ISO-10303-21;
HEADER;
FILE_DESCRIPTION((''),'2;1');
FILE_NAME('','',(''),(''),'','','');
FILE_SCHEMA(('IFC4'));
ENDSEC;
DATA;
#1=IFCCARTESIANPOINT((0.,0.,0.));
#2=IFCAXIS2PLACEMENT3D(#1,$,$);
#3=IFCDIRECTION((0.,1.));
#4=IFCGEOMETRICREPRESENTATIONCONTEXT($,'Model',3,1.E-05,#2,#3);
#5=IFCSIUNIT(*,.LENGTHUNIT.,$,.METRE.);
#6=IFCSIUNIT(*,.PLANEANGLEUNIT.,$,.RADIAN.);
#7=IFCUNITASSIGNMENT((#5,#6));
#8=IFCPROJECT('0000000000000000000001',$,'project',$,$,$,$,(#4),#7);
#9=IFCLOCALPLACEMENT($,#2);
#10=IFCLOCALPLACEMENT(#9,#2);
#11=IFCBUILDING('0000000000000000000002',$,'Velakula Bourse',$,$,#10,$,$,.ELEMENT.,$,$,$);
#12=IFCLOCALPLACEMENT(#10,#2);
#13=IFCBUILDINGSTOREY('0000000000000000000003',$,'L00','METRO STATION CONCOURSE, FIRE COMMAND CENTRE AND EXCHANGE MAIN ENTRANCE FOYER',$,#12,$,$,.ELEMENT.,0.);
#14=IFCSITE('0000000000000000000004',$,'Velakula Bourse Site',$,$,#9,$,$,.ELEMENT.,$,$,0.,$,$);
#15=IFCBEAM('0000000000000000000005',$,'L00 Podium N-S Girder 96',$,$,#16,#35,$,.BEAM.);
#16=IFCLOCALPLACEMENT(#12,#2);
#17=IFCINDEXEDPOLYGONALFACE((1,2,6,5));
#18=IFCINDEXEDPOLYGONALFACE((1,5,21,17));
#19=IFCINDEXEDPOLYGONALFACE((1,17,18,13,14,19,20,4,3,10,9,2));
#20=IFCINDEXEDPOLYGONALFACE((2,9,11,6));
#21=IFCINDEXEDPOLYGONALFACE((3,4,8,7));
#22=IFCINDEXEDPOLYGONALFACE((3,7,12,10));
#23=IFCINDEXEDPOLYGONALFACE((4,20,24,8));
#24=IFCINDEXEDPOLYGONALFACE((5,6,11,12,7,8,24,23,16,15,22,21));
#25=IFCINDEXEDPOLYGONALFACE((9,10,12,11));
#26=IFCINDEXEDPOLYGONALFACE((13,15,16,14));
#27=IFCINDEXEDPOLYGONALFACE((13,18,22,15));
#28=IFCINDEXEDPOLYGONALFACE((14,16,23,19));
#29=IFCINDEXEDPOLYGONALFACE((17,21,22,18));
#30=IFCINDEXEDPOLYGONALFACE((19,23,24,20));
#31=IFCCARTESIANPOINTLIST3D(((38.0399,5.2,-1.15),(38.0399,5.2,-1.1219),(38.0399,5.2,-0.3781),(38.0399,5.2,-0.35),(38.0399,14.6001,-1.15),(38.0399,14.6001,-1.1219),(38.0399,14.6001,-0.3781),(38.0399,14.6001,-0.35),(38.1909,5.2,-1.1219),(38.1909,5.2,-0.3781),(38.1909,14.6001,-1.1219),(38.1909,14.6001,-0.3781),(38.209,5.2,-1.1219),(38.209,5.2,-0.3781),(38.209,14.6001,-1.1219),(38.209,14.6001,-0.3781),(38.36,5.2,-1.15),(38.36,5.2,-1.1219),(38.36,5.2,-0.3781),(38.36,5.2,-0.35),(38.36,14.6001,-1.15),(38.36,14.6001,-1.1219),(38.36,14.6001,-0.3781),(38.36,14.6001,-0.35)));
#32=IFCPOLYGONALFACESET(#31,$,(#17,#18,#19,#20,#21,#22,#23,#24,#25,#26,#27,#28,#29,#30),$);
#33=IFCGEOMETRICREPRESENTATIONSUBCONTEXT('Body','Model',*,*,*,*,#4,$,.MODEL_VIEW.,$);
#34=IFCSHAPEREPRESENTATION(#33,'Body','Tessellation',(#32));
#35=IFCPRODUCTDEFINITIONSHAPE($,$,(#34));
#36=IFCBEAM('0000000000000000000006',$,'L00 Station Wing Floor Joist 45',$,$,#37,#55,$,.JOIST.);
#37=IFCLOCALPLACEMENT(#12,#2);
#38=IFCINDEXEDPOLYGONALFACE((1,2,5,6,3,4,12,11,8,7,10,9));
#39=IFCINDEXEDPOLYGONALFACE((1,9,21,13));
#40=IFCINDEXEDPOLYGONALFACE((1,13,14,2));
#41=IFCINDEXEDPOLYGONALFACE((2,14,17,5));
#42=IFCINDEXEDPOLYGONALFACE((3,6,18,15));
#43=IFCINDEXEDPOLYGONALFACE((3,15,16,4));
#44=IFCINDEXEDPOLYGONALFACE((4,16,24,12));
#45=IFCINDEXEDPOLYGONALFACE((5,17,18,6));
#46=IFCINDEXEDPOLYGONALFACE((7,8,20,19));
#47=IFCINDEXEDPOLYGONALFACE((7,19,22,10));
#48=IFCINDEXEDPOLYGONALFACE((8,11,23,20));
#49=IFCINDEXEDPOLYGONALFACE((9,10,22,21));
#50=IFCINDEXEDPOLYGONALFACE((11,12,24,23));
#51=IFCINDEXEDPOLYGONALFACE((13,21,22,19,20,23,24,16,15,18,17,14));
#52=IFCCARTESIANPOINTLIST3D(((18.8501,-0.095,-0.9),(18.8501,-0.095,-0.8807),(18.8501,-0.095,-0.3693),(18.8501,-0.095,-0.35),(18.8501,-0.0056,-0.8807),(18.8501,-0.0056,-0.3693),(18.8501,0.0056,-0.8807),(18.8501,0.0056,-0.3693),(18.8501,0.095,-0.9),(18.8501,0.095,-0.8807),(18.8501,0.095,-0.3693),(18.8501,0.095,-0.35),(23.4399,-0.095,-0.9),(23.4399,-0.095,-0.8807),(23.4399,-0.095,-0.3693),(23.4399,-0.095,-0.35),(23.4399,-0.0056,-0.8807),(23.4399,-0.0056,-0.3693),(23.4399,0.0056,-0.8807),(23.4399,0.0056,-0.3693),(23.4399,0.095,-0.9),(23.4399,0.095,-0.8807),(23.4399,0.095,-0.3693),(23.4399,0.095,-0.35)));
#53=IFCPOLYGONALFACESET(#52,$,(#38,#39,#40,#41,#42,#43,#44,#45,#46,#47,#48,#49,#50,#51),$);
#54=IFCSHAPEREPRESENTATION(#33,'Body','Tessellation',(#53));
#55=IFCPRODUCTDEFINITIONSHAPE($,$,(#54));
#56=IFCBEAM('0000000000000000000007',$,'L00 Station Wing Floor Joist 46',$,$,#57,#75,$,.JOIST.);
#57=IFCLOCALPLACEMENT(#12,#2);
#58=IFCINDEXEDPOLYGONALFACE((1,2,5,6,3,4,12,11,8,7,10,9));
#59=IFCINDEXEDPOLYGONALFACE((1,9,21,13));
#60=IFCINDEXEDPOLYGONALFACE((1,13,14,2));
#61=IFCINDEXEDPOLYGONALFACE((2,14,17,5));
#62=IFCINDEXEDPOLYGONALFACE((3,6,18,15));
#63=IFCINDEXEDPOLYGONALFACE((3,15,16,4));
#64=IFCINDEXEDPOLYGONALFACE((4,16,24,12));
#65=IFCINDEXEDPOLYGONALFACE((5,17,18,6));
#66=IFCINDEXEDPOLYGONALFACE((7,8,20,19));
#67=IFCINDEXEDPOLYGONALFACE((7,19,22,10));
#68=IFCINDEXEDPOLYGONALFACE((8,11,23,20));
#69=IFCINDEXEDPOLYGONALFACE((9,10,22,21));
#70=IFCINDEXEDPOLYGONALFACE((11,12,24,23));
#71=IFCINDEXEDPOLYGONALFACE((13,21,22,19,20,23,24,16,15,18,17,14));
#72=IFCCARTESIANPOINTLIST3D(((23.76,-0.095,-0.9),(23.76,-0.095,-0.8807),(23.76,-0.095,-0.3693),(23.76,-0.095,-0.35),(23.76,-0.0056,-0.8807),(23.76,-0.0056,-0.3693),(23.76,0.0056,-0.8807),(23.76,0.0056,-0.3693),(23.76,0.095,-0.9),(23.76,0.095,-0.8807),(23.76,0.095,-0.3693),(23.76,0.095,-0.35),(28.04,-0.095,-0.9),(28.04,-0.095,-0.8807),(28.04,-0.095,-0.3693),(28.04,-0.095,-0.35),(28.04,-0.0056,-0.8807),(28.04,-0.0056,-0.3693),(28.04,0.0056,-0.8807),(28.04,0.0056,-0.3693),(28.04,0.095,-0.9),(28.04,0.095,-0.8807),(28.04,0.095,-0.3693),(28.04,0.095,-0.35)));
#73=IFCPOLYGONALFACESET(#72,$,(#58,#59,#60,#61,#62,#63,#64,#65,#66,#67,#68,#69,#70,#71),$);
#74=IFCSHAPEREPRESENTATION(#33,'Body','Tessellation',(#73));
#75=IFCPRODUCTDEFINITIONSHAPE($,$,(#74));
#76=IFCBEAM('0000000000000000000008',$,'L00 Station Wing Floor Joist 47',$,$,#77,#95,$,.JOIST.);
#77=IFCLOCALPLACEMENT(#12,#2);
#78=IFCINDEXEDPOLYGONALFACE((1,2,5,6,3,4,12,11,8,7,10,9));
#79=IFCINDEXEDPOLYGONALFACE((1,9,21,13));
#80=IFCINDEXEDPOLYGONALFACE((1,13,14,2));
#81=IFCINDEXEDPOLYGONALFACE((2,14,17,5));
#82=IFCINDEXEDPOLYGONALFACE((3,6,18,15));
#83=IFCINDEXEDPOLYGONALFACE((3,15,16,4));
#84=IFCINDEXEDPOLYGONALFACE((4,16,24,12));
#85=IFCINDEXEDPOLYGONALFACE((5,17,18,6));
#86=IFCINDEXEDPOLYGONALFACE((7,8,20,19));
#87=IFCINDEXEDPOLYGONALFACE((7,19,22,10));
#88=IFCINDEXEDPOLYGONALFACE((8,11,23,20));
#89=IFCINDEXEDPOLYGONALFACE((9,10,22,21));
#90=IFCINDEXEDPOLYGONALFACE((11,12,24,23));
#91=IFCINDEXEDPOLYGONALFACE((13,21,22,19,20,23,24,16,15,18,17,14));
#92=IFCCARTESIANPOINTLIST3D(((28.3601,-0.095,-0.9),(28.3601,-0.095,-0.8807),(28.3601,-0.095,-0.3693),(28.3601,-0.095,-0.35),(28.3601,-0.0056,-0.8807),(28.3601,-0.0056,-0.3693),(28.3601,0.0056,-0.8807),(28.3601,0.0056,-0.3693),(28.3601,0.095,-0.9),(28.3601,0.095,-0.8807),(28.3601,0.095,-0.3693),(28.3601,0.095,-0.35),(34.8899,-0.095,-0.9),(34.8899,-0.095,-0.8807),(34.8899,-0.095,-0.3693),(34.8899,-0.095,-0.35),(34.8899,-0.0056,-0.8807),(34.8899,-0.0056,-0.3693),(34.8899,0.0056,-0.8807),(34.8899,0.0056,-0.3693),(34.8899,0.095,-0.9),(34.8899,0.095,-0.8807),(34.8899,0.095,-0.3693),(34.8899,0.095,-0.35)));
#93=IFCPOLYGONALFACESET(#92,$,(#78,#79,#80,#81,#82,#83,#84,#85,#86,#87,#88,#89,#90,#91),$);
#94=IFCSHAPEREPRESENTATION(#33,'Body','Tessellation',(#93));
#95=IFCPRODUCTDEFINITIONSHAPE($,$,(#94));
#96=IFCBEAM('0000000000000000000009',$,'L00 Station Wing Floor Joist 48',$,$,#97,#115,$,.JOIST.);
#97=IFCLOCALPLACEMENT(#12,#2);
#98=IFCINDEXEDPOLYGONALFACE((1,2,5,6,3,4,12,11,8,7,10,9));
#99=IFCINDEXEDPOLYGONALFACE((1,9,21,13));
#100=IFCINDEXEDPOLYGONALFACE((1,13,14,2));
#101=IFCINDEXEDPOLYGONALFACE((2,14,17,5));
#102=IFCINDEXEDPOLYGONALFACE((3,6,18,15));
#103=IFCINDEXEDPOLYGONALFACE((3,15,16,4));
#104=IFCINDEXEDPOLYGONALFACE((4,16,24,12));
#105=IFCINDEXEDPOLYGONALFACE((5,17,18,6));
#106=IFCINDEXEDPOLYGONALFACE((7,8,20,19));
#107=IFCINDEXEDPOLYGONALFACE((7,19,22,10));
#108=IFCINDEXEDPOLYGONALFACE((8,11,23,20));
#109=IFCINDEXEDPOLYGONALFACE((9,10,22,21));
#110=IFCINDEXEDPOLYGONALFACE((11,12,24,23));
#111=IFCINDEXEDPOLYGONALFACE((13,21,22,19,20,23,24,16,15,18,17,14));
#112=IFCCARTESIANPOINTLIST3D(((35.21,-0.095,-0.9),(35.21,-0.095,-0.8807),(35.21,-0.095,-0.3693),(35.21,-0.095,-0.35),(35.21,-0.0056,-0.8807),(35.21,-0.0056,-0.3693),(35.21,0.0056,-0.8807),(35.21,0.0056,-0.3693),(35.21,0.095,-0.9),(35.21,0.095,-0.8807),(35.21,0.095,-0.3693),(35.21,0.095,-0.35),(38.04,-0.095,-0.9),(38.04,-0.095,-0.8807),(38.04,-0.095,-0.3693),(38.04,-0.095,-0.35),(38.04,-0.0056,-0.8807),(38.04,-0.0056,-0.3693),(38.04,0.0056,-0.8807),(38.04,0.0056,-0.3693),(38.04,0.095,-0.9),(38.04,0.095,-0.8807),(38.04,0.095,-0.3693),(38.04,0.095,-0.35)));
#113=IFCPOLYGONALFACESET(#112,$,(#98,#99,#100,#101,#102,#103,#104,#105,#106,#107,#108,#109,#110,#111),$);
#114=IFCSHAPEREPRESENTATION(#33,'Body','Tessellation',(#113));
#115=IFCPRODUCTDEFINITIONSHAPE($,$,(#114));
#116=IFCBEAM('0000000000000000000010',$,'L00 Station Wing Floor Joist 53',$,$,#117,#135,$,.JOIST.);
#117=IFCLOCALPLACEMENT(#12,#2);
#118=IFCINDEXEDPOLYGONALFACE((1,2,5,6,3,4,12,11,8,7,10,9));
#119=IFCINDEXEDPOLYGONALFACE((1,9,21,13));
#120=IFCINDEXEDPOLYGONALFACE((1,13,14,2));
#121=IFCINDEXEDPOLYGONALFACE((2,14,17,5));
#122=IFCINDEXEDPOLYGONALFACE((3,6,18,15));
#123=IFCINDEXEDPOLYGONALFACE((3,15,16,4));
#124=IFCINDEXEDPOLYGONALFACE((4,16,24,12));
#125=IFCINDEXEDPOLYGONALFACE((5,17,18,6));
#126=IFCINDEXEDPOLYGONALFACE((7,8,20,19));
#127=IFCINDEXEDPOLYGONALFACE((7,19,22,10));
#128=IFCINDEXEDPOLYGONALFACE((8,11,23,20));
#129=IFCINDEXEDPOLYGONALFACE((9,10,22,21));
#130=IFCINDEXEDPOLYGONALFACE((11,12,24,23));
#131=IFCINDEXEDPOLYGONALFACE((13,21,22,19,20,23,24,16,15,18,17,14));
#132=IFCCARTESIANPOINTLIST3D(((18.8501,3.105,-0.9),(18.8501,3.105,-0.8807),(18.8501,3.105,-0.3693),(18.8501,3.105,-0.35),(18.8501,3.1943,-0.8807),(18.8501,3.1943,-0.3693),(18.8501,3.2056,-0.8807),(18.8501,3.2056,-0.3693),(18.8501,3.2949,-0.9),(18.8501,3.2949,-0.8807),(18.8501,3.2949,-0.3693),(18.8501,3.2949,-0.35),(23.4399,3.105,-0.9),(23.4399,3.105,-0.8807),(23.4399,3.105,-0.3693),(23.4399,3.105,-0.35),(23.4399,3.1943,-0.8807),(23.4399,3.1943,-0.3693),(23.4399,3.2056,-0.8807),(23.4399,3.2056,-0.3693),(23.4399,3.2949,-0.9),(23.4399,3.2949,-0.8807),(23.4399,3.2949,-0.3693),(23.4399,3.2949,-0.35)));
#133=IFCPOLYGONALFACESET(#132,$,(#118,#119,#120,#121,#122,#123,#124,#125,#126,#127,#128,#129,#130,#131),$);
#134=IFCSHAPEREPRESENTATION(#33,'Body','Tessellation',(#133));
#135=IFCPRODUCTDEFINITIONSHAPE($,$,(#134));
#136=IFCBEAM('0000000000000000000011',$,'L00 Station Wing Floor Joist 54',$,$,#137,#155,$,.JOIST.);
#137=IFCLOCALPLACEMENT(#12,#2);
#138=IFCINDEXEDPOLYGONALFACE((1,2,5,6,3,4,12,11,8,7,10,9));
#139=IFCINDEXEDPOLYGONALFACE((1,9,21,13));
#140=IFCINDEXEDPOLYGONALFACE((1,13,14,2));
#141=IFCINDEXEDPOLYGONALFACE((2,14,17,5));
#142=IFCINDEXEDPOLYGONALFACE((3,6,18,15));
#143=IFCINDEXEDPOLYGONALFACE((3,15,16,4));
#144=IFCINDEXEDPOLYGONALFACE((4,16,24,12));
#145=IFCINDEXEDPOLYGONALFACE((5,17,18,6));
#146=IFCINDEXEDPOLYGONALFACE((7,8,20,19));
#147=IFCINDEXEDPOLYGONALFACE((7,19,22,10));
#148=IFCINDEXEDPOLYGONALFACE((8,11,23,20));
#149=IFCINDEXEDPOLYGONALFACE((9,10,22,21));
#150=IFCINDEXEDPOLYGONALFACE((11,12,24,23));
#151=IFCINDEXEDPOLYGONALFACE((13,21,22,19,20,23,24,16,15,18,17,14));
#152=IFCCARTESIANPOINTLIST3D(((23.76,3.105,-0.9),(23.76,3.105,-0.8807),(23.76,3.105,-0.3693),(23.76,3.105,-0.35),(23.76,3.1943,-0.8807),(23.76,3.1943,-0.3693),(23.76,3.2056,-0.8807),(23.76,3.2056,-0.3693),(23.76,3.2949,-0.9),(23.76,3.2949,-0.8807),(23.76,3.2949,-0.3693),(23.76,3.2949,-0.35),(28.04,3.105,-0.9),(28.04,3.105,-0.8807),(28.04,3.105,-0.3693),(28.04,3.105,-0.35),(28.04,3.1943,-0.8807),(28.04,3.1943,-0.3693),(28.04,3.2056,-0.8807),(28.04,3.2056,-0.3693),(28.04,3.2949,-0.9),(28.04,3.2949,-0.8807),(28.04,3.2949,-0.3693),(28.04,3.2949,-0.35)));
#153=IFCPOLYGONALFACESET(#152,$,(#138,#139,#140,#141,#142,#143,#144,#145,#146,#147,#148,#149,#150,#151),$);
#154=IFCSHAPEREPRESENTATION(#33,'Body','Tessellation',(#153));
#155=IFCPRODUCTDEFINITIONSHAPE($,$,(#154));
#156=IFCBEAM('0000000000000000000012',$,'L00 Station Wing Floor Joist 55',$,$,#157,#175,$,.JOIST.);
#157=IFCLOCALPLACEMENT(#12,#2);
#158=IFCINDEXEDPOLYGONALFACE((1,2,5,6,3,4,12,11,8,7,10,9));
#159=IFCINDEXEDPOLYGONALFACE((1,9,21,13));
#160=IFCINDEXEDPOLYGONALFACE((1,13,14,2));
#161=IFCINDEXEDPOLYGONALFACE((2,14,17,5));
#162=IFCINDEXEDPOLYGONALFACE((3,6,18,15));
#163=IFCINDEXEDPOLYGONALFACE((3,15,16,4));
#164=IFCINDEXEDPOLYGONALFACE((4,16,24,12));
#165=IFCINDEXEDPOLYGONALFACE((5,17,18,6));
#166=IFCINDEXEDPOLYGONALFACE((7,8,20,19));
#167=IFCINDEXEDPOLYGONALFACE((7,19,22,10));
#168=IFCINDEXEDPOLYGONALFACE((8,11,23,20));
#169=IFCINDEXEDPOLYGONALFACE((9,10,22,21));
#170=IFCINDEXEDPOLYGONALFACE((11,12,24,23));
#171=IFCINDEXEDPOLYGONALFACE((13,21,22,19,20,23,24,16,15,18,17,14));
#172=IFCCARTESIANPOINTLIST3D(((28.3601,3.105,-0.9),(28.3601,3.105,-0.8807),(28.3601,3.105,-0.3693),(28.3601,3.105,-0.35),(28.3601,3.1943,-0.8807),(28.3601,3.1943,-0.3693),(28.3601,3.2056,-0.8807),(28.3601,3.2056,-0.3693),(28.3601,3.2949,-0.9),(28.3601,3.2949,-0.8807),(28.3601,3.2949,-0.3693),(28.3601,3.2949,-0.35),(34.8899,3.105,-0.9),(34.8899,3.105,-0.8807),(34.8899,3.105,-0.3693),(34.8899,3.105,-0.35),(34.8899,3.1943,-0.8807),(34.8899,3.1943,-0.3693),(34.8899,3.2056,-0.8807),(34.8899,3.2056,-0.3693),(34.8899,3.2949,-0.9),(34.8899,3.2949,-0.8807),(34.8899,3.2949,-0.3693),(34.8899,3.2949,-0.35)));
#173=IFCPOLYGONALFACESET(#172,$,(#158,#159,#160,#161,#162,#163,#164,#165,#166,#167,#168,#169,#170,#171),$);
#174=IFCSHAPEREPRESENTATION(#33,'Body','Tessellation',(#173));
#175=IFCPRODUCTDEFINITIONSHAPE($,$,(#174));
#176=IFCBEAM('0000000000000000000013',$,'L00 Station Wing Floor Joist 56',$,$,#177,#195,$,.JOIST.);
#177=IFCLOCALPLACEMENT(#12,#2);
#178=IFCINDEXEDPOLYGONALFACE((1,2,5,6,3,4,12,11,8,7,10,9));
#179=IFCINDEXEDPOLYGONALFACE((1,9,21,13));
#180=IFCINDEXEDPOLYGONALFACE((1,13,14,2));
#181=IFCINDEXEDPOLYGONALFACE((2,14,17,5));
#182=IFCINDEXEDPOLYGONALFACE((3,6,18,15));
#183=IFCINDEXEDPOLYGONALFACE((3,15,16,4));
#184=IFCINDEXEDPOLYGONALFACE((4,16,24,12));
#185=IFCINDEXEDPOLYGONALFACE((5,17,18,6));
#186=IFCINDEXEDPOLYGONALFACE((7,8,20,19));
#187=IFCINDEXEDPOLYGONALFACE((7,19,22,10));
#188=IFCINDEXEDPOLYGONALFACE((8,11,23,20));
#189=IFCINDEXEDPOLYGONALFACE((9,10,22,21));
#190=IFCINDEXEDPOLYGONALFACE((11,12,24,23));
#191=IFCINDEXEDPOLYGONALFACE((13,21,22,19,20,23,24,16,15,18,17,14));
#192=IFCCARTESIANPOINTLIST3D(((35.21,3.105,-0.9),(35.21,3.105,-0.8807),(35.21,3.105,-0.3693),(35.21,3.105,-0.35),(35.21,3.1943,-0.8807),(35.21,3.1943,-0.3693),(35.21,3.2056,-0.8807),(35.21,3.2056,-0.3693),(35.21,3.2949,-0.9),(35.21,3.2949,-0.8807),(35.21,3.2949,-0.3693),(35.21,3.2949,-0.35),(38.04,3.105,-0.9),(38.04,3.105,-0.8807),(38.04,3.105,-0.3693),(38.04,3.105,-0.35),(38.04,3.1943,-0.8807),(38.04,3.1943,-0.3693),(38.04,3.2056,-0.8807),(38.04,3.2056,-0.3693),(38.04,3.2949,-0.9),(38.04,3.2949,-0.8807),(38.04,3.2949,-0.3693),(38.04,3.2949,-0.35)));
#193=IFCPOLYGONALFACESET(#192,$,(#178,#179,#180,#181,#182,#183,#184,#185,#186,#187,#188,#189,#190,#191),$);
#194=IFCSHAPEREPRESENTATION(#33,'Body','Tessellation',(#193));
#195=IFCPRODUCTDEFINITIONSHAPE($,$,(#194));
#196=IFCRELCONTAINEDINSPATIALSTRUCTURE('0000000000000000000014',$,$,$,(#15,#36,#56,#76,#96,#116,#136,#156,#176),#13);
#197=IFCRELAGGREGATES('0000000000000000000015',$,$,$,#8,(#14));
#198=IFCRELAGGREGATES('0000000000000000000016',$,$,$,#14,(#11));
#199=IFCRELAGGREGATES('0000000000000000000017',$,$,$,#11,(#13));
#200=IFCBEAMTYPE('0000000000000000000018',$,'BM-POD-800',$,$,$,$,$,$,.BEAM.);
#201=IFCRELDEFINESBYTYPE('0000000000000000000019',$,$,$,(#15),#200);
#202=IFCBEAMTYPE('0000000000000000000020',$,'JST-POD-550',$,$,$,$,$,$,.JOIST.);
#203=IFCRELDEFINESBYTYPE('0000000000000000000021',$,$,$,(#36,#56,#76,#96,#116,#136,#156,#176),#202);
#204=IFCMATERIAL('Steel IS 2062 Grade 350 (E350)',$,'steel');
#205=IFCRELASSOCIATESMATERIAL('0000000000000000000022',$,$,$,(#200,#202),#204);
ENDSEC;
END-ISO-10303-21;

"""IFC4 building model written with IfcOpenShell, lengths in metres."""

from ifc_helpers import new_model, si_unit, direction, frame, origin, origin_2d, place, context, subcontext, project, spatial, i_section, extrude, material, material_profile, profile_set, type_object, element, save


model = new_model("IFC4")

# Units and contexts
model_context = context("Model", 3, precision=1e-05, world=origin(), true_north=direction((0.0, 1.0)))
body_context = subcontext(model_context, "Body", "Model", "MODEL_VIEW")
ifc_project = project(units=[si_unit("LENGTHUNIT", "METRE"), si_unit("PLANEANGLEUNIT", "RADIAN")], contexts=[model_context])

# Site, building, storey
site_placement = place(None, origin())
site = spatial("IfcSite", under=ifc_project, at=site_placement, Name="Velakula Bourse Site", CompositionType="ELEMENT", RefElevation=0.0)
building_placement = place(site_placement, origin())
building = spatial("IfcBuilding", under=site, at=building_placement, Name="Velakula Bourse", CompositionType="ELEMENT")
storey_placement = place(building_placement, origin())
storey = spatial("IfcBuildingStorey", under=building, at=storey_placement, Name="L00", Description="METRO STATION CONCOURSE, FIRE COMMAND CENTRE AND EXCHANGE MAIN ENTRANCE FOYER", CompositionType="ELEMENT", Elevation=0.0)

# Beams
ifc_material_1 = material(Name="Steel IS 2062 Grade 350 (E350)", Category="steel")
ifc_material_profile_1 = material_profile(ifc_material_1, i_section(OverallWidth=0.3201, OverallDepth=0.8, WebThickness=0.0181, FlangeThickness=0.0281, at=origin_2d()), Name="Steel IS 2062 Grade 350 (E350)")
ifc_profile_set_1 = profile_set([ifc_material_profile_1], Name="Steel IS 2062 Grade 350 (E350)")
beam_type_1 = type_object("IfcBeamType", Name="BM-POD-800", PredefinedType="BEAM", material=ifc_profile_set_1)
beam_1_placement = place(storey_placement, frame((38.2, 5.2, -0.75), z_axis=(0.0, 1.0, 0.0), x_axis=(-1.0, 0.0, 0.0)))
element("IfcBeam", 1, at=beam_1_placement, inside=storey, type_object=beam_type_1, Name="L00 Podium N-S Girder 96", PredefinedType="BEAM", context=body_context, shape_type="SweptSolid", body=[
    extrude(i_section(OverallWidth=0.3201, OverallDepth=0.8, WebThickness=0.0181, FlangeThickness=0.0281, at=origin_2d()), origin(), (0.0, 0.0, 1.0), 9.4001),
])
ifc_material_profile_2 = material_profile(ifc_material_1, i_section(OverallWidth=0.1899, OverallDepth=0.55, WebThickness=0.0112, FlangeThickness=0.0193, at=origin_2d()), Name="Steel IS 2062 Grade 350 (E350)")
ifc_profile_set_2 = profile_set([ifc_material_profile_2], Name="Steel IS 2062 Grade 350 (E350)")
beam_type_2 = type_object("IfcBeamType", Name="JST-POD-550", PredefinedType="JOIST", material=ifc_profile_set_2)
beam_2_placement = place(storey_placement, frame((18.8501, 0.0, -0.625), z_axis=(1.0, 0.0, 0.0), x_axis=(0.0, 1.0, 0.0)))
element("IfcBeam", 2, at=beam_2_placement, inside=storey, type_object=beam_type_2, Name="L00 Station Wing Floor Joist 45", PredefinedType="JOIST", context=body_context, shape_type="SweptSolid", body=[
    extrude(i_section(OverallWidth=0.1899, OverallDepth=0.55, WebThickness=0.0112, FlangeThickness=0.0193, at=origin_2d()), origin(), (0.0, 0.0, 1.0), 4.5898),
])
beam_3_placement = place(storey_placement, frame((23.76, 0.0, -0.625), z_axis=(1.0, 0.0, 0.0), x_axis=(0.0, 1.0, 0.0)))
element("IfcBeam", 3, at=beam_3_placement, inside=storey, type_object=beam_type_2, Name="L00 Station Wing Floor Joist 46", PredefinedType="JOIST", context=body_context, shape_type="SweptSolid", body=[
    extrude(i_section(OverallWidth=0.1899, OverallDepth=0.55, WebThickness=0.0112, FlangeThickness=0.0193, at=origin_2d()), origin(), (0.0, 0.0, 1.0), 4.28),
])
beam_4_placement = place(storey_placement, frame((28.3601, 0.0, -0.625), z_axis=(1.0, 0.0, 0.0), x_axis=(0.0, 1.0, 0.0)))
element("IfcBeam", 4, at=beam_4_placement, inside=storey, type_object=beam_type_2, Name="L00 Station Wing Floor Joist 47", PredefinedType="JOIST", context=body_context, shape_type="SweptSolid", body=[
    extrude(i_section(OverallWidth=0.1899, OverallDepth=0.55, WebThickness=0.0112, FlangeThickness=0.0193, at=origin_2d()), origin(), (0.0, 0.0, 1.0), 6.5298),
])
beam_5_placement = place(storey_placement, frame((35.21, 0.0, -0.625), z_axis=(1.0, 0.0, 0.0), x_axis=(0.0, 1.0, 0.0)))
element("IfcBeam", 5, at=beam_5_placement, inside=storey, type_object=beam_type_2, Name="L00 Station Wing Floor Joist 48", PredefinedType="JOIST", context=body_context, shape_type="SweptSolid", body=[
    extrude(i_section(OverallWidth=0.1899, OverallDepth=0.55, WebThickness=0.0112, FlangeThickness=0.0193, at=origin_2d()), origin(), (0.0, 0.0, 1.0), 2.8301),
])
beam_6_placement = place(storey_placement, frame((18.8501, 3.2, -0.625), z_axis=(1.0, 0.0, 0.0), x_axis=(0.0, 1.0, 0.0)))
element("IfcBeam", 6, at=beam_6_placement, inside=storey, type_object=beam_type_2, Name="L00 Station Wing Floor Joist 53", PredefinedType="JOIST", context=body_context, shape_type="SweptSolid", body=[
    extrude(i_section(OverallWidth=0.1899, OverallDepth=0.55, WebThickness=0.0112, FlangeThickness=0.0193, at=origin_2d()), origin(), (0.0, 0.0, 1.0), 4.5898),
])
beam_7_placement = place(storey_placement, frame((23.76, 3.2, -0.625), z_axis=(1.0, 0.0, 0.0), x_axis=(0.0, 1.0, 0.0)))
element("IfcBeam", 7, at=beam_7_placement, inside=storey, type_object=beam_type_2, Name="L00 Station Wing Floor Joist 54", PredefinedType="JOIST", context=body_context, shape_type="SweptSolid", body=[
    extrude(i_section(OverallWidth=0.1899, OverallDepth=0.55, WebThickness=0.0112, FlangeThickness=0.0193, at=origin_2d()), origin(), (0.0, 0.0, 1.0), 4.28),
])
beam_8_placement = place(storey_placement, frame((28.3601, 3.2, -0.625), z_axis=(1.0, 0.0, 0.0), x_axis=(0.0, 1.0, 0.0)))
element("IfcBeam", 8, at=beam_8_placement, inside=storey, type_object=beam_type_2, Name="L00 Station Wing Floor Joist 55", PredefinedType="JOIST", context=body_context, shape_type="SweptSolid", body=[
    extrude(i_section(OverallWidth=0.1899, OverallDepth=0.55, WebThickness=0.0112, FlangeThickness=0.0193, at=origin_2d()), origin(), (0.0, 0.0, 1.0), 6.5298),
])
beam_9_placement = place(storey_placement, frame((35.21, 3.2, -0.625), z_axis=(1.0, 0.0, 0.0), x_axis=(0.0, 1.0, 0.0)))
element("IfcBeam", 9, at=beam_9_placement, inside=storey, type_object=beam_type_2, Name="L00 Station Wing Floor Joist 56", PredefinedType="JOIST", context=body_context, shape_type="SweptSolid", body=[
    extrude(i_section(OverallWidth=0.1899, OverallDepth=0.55, WebThickness=0.0112, FlangeThickness=0.0193, at=origin_2d()), origin(), (0.0, 0.0, 1.0), 2.8301),
])

save(model, "model.ifc")
